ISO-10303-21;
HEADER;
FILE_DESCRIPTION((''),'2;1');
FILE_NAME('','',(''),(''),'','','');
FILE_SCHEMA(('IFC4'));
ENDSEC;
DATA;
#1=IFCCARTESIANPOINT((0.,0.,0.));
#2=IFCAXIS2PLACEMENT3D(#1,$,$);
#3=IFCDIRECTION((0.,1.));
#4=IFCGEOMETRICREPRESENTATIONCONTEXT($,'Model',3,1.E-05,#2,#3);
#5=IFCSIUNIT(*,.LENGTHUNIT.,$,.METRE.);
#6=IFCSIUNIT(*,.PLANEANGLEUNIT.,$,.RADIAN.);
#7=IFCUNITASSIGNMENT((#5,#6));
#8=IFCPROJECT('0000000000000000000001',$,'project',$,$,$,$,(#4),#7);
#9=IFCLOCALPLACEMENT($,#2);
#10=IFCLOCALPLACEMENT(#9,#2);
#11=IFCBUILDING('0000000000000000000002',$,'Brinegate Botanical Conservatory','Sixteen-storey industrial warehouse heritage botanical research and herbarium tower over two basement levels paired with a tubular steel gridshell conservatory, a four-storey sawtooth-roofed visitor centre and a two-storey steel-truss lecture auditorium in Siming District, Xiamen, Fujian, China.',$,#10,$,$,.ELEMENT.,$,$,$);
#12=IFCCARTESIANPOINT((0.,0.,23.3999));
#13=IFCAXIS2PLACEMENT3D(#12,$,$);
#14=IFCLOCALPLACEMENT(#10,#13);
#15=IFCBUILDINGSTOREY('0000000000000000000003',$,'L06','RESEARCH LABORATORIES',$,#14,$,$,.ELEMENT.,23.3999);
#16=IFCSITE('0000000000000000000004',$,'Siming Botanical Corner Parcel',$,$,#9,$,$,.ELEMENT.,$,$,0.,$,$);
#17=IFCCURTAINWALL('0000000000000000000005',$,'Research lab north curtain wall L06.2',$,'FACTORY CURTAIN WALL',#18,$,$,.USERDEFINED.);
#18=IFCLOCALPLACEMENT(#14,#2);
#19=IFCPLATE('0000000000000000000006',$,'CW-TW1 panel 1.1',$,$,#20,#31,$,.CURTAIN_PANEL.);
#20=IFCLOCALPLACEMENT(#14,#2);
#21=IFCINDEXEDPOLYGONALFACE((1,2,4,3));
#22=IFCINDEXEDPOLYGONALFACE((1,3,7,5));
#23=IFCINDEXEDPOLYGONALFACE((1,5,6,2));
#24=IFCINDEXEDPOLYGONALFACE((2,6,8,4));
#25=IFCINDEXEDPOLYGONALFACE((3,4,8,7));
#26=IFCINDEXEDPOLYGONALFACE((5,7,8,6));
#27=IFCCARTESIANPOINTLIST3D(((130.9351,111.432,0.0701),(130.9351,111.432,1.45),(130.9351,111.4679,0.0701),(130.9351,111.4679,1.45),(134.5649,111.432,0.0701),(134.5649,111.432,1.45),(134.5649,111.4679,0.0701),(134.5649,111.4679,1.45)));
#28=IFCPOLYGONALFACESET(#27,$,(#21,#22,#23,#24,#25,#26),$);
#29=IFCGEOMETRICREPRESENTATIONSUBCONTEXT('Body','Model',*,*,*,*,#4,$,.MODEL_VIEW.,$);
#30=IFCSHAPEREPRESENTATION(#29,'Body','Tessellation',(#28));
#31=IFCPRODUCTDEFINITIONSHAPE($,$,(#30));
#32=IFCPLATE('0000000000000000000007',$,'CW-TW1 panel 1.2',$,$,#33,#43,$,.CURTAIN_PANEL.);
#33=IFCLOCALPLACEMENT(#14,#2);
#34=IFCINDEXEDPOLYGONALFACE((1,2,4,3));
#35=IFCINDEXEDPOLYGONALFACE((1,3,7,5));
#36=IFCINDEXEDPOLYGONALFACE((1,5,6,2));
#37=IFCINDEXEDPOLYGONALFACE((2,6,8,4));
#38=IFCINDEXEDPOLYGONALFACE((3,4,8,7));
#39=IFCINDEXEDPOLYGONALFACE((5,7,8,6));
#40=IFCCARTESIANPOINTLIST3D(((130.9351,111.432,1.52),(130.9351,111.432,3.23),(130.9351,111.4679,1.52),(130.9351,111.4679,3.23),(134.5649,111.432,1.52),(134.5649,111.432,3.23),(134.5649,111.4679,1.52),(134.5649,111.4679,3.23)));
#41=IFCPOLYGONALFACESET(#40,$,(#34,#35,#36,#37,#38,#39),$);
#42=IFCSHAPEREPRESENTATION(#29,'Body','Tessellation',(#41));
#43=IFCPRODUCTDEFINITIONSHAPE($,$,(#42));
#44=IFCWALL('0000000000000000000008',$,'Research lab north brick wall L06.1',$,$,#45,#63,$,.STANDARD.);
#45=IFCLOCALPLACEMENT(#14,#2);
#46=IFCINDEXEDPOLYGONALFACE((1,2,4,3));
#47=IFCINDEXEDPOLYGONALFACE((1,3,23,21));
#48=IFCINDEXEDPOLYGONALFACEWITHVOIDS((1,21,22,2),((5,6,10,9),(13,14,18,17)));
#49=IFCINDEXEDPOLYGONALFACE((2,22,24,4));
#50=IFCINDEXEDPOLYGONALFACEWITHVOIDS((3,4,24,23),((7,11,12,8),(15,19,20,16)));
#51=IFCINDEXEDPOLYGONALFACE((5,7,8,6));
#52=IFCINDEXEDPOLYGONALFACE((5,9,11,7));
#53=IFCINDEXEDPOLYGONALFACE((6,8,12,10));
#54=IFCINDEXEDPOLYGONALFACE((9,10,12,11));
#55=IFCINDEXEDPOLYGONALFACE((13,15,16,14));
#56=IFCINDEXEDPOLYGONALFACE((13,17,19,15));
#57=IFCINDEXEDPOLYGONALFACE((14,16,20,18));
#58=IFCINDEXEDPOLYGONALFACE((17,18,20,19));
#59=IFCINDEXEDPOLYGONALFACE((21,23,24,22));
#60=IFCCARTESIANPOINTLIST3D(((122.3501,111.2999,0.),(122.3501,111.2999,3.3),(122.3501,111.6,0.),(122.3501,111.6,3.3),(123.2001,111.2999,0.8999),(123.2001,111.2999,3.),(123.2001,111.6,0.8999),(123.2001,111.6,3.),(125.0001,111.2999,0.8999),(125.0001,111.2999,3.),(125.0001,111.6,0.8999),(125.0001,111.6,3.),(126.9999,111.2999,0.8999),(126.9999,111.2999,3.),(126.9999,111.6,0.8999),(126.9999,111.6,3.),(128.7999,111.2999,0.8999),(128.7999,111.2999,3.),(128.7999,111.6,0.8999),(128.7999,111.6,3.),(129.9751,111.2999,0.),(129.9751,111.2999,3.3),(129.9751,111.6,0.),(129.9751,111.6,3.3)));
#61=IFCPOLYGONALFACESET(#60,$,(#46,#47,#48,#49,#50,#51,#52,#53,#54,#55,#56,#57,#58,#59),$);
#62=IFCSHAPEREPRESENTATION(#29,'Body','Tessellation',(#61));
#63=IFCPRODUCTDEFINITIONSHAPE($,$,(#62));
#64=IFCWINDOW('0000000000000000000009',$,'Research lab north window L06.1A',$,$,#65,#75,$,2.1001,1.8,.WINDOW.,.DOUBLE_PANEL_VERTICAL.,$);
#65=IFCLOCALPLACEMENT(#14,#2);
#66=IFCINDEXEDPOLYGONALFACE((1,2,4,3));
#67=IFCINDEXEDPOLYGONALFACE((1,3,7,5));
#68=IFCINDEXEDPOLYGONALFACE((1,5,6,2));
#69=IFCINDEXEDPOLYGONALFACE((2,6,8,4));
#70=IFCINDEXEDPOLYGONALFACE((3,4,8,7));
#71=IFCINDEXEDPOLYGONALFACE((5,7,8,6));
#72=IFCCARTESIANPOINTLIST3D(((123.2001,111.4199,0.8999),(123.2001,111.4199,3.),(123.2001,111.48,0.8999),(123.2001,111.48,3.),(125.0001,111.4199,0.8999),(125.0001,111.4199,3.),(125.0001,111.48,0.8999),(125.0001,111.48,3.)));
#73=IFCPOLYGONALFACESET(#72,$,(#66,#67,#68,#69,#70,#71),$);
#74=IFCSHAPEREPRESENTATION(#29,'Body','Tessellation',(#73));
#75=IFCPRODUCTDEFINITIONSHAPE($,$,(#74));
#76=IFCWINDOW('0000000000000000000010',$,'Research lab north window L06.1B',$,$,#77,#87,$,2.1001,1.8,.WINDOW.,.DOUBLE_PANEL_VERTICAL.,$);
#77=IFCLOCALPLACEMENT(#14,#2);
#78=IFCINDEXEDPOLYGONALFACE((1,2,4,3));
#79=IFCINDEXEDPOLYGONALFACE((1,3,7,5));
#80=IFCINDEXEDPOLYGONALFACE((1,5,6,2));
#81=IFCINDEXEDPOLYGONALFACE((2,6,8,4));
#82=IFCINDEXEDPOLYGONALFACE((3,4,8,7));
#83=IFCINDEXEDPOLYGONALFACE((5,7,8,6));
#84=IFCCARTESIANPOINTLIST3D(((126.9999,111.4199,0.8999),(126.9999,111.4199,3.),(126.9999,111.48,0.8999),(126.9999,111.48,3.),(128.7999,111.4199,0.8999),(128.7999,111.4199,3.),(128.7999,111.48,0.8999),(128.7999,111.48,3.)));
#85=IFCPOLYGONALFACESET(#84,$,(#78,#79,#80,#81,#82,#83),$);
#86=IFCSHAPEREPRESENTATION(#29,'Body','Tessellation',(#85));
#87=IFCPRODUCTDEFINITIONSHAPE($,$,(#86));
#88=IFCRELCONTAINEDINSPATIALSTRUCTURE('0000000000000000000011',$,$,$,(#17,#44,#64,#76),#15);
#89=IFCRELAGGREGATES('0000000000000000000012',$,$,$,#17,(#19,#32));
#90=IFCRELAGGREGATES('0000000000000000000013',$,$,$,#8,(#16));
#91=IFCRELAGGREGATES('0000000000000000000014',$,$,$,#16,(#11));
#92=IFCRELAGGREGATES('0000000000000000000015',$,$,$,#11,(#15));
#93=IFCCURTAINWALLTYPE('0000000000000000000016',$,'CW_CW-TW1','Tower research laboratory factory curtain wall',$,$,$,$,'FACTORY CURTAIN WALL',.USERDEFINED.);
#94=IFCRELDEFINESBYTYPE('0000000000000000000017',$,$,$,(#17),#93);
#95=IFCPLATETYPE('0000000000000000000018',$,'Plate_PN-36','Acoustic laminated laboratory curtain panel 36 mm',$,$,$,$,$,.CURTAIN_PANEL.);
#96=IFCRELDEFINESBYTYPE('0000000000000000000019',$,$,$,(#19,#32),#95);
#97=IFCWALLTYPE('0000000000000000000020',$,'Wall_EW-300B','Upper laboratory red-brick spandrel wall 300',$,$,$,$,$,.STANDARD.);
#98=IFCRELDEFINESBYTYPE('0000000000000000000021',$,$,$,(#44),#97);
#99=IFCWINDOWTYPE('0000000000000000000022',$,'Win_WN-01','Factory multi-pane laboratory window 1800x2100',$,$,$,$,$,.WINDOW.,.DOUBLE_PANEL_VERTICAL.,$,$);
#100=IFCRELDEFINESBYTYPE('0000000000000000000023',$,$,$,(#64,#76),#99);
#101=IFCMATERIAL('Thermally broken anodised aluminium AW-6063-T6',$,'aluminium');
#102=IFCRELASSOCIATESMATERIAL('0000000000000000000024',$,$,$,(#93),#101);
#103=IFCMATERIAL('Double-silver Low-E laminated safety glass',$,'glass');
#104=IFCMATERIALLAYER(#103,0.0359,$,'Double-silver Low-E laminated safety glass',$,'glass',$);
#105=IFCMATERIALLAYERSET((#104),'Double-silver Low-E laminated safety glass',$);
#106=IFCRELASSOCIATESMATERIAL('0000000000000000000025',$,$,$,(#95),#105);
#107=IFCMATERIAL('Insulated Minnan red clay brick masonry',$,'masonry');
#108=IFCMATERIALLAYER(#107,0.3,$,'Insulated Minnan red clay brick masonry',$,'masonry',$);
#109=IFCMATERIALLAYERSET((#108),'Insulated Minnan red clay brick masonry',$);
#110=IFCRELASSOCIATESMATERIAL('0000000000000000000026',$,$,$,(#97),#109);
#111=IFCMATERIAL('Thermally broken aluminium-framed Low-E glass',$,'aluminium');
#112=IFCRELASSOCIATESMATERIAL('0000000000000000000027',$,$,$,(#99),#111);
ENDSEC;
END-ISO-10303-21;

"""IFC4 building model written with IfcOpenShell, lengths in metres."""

from ifc_helpers import new_model, si_unit, direction, frame, frame_2d, origin, origin_2d, place, context, subcontext, project, spatial, rectangle, extrude, material, layer, layer_set, type_object, element, fill, aggregate, save


model = new_model("IFC4")

# Units and contexts
model_context = context("Model", 3, precision=1e-05, world=origin(), true_north=direction((0.0, 1.0)))
body_context = subcontext(model_context, "Body", "Model", "MODEL_VIEW")
ifc_project = project(units=[si_unit("LENGTHUNIT", "METRE"), si_unit("PLANEANGLEUNIT", "RADIAN")], contexts=[model_context])

# Site, building, storey
site_placement = place(None, origin())
site = spatial("IfcSite", under=ifc_project, at=site_placement, Name="Siming Botanical Corner Parcel", CompositionType="ELEMENT", RefElevation=0.0)
building_placement = place(site_placement, origin())
building = spatial("IfcBuilding", under=site, at=building_placement, Name="Brinegate Botanical Conservatory", Description="Sixteen-storey industrial warehouse heritage botanical research and herbarium tower over two basement levels paired with a tubular steel gridshell conservatory, a four-storey sawtooth-roofed visitor centre and a two-storey steel-truss lecture auditorium in Siming District, Xiamen, Fujian, China.", CompositionType="ELEMENT")
storey_placement = place(building_placement, frame((0.0, 0.0, 23.3999)))
storey = spatial("IfcBuildingStorey", under=building, at=storey_placement, Name="L06", Description="RESEARCH LABORATORIES", CompositionType="ELEMENT", Elevation=23.3999)

# Curtain wall, plates
ifc_material_1 = material(Name="Thermally broken anodised aluminium AW-6063-T6", Category="aluminium")
curtain_wall_type = type_object("IfcCurtainWallType", Name="CW_CW-TW1", Description="Tower research laboratory factory curtain wall", ElementType="FACTORY CURTAIN WALL", PredefinedType="USERDEFINED", material=ifc_material_1)
curtain_wall_placement = place(storey_placement, origin())
curtain_wall = element("IfcCurtainWall", 1, at=curtain_wall_placement, inside=storey, type_object=curtain_wall_type, Name="Research lab north curtain wall L06.2", ObjectType="FACTORY CURTAIN WALL", PredefinedType="USERDEFINED")
ifc_material_2 = material(Name="Double-silver Low-E laminated safety glass", Category="glass")
ifc_layer_1 = layer(ifc_material_2, 0.0359, Name="Double-silver Low-E laminated safety glass", Category="glass")
ifc_layer_set_1 = layer_set([ifc_layer_1], Name="Double-silver Low-E laminated safety glass")
plate_type = type_object("IfcPlateType", Name="Plate_PN-36", Description="Acoustic laminated laboratory curtain panel 36 mm", PredefinedType="CURTAIN_PANEL", material=ifc_layer_set_1)
plate_1_placement = place(storey_placement, frame((132.75, 111.45, 0.0701), z_axis=(0.0, 0.0, 1.0), x_axis=(1.0, 0.0, 0.0)))
plate_1 = element("IfcPlate", 2, at=plate_1_placement, type_object=plate_type, Name="CW-TW1 panel 1.1", PredefinedType="CURTAIN_PANEL", context=body_context, shape_type="SweptSolid", body=[
    extrude(rectangle(XDim=3.6299, YDim=0.0359, at=origin_2d()), origin(), (0.0, 0.0, 1.0), 1.3799),
])
plate_2_placement = place(storey_placement, frame((132.75, 111.45, 1.52), z_axis=(0.0, 0.0, 1.0), x_axis=(1.0, 0.0, 0.0)))
plate_2 = element("IfcPlate", 3, at=plate_2_placement, type_object=plate_type, Name="CW-TW1 panel 1.2", PredefinedType="CURTAIN_PANEL", context=body_context, shape_type="SweptSolid", body=[
    extrude(rectangle(XDim=3.6299, YDim=0.0359, at=origin_2d()), origin(), (0.0, 0.0, 1.0), 1.71),
])
aggregate(curtain_wall, [plate_1, plate_2])

# Wall, openings, windows
ifc_material_3 = material(Name="Insulated Minnan red clay brick masonry", Category="masonry")
ifc_layer_2 = layer(ifc_material_3, 0.3, Name="Insulated Minnan red clay brick masonry", Category="masonry")
ifc_layer_set_2 = layer_set([ifc_layer_2], Name="Insulated Minnan red clay brick masonry")
wall_type = type_object("IfcWallType", Name="Wall_EW-300B", Description="Upper laboratory red-brick spandrel wall 300", PredefinedType="STANDARD", material=ifc_layer_set_2)
wall_placement = place(storey_placement, frame((122.3501, 111.45, 0.0), z_axis=(0.0, 0.0, 1.0), x_axis=(1.0, 0.0, 0.0)))
wall = element("IfcWall", 4, at=wall_placement, inside=storey, type_object=wall_type, Name="Research lab north brick wall L06.1", PredefinedType="STANDARD", context=body_context, shape_type="SweptSolid", body=[
    extrude(rectangle(XDim=7.625, YDim=0.3, at=frame_2d((3.8125, 0.0))), origin(), (0.0, 0.0, 1.0), 3.3),
])
opening_1_placement = place(wall_placement, frame((0.8501, 0.0, 0.8999)))
opening_1 = element("IfcOpeningElement", 5, at=opening_1_placement, cuts=wall, PredefinedType="OPENING", context=body_context, shape_type="SweptSolid", body=[
    extrude(rectangle(XDim=1.8, YDim=2.1001, at=frame_2d((0.8999, 1.05))), frame((0.0, 0.1599, 0.0), z_axis=(0.0, -1.0, 0.0), x_axis=(1.0, 0.0, 0.0)), (0.0, 0.0, 1.0), 0.3201),
])
opening_2_placement = place(wall_placement, frame((4.6499, 0.0, 0.8999)))
opening_2 = element("IfcOpeningElement", 6, at=opening_2_placement, cuts=wall, PredefinedType="OPENING", context=body_context, shape_type="SweptSolid", body=[
    extrude(rectangle(XDim=1.8, YDim=2.1001, at=frame_2d((0.8999, 1.05))), frame((0.0, 0.1599, 0.0), z_axis=(0.0, -1.0, 0.0), x_axis=(1.0, 0.0, 0.0)), (0.0, 0.0, 1.0), 0.3201),
])
ifc_material_4 = material(Name="Thermally broken aluminium-framed Low-E glass", Category="aluminium")
window_type = type_object("IfcWindowType", Name="Win_WN-01", Description="Factory multi-pane laboratory window 1800x2100", PartitioningType="DOUBLE_PANEL_VERTICAL", PredefinedType="WINDOW", material=ifc_material_4)
window_1_placement = place(opening_1_placement, origin())
window_1 = element("IfcWindow", 7, at=window_1_placement, inside=storey, type_object=window_type, Name="Research lab north window L06.1A", OverallHeight=2.1001, OverallWidth=1.8, PartitioningType="DOUBLE_PANEL_VERTICAL", PredefinedType="WINDOW", context=body_context, shape_type="SweptSolid", body=[
    extrude(rectangle(XDim=1.8, YDim=2.1001, at=frame_2d((0.8999, 1.05))), frame((0.0, 0.03, 0.0), z_axis=(0.0, -1.0, 0.0), x_axis=(1.0, 0.0, 0.0)), (0.0, 0.0, 1.0), 0.0601),
])
fill(opening_1, window_1)
window_2_placement = place(opening_2_placement, origin())
window_2 = element("IfcWindow", 8, at=window_2_placement, inside=storey, type_object=window_type, Name="Research lab north window L06.1B", OverallHeight=2.1001, OverallWidth=1.8, PartitioningType="DOUBLE_PANEL_VERTICAL", PredefinedType="WINDOW", context=body_context, shape_type="SweptSolid", body=[
    extrude(rectangle(XDim=1.8, YDim=2.1001, at=frame_2d((0.8999, 1.05))), frame((0.0, 0.03, 0.0), z_axis=(0.0, -1.0, 0.0), x_axis=(1.0, 0.0, 0.0)), (0.0, 0.0, 1.0), 0.0601),
])
fill(opening_2, window_2)

save(model, "model.ifc")
